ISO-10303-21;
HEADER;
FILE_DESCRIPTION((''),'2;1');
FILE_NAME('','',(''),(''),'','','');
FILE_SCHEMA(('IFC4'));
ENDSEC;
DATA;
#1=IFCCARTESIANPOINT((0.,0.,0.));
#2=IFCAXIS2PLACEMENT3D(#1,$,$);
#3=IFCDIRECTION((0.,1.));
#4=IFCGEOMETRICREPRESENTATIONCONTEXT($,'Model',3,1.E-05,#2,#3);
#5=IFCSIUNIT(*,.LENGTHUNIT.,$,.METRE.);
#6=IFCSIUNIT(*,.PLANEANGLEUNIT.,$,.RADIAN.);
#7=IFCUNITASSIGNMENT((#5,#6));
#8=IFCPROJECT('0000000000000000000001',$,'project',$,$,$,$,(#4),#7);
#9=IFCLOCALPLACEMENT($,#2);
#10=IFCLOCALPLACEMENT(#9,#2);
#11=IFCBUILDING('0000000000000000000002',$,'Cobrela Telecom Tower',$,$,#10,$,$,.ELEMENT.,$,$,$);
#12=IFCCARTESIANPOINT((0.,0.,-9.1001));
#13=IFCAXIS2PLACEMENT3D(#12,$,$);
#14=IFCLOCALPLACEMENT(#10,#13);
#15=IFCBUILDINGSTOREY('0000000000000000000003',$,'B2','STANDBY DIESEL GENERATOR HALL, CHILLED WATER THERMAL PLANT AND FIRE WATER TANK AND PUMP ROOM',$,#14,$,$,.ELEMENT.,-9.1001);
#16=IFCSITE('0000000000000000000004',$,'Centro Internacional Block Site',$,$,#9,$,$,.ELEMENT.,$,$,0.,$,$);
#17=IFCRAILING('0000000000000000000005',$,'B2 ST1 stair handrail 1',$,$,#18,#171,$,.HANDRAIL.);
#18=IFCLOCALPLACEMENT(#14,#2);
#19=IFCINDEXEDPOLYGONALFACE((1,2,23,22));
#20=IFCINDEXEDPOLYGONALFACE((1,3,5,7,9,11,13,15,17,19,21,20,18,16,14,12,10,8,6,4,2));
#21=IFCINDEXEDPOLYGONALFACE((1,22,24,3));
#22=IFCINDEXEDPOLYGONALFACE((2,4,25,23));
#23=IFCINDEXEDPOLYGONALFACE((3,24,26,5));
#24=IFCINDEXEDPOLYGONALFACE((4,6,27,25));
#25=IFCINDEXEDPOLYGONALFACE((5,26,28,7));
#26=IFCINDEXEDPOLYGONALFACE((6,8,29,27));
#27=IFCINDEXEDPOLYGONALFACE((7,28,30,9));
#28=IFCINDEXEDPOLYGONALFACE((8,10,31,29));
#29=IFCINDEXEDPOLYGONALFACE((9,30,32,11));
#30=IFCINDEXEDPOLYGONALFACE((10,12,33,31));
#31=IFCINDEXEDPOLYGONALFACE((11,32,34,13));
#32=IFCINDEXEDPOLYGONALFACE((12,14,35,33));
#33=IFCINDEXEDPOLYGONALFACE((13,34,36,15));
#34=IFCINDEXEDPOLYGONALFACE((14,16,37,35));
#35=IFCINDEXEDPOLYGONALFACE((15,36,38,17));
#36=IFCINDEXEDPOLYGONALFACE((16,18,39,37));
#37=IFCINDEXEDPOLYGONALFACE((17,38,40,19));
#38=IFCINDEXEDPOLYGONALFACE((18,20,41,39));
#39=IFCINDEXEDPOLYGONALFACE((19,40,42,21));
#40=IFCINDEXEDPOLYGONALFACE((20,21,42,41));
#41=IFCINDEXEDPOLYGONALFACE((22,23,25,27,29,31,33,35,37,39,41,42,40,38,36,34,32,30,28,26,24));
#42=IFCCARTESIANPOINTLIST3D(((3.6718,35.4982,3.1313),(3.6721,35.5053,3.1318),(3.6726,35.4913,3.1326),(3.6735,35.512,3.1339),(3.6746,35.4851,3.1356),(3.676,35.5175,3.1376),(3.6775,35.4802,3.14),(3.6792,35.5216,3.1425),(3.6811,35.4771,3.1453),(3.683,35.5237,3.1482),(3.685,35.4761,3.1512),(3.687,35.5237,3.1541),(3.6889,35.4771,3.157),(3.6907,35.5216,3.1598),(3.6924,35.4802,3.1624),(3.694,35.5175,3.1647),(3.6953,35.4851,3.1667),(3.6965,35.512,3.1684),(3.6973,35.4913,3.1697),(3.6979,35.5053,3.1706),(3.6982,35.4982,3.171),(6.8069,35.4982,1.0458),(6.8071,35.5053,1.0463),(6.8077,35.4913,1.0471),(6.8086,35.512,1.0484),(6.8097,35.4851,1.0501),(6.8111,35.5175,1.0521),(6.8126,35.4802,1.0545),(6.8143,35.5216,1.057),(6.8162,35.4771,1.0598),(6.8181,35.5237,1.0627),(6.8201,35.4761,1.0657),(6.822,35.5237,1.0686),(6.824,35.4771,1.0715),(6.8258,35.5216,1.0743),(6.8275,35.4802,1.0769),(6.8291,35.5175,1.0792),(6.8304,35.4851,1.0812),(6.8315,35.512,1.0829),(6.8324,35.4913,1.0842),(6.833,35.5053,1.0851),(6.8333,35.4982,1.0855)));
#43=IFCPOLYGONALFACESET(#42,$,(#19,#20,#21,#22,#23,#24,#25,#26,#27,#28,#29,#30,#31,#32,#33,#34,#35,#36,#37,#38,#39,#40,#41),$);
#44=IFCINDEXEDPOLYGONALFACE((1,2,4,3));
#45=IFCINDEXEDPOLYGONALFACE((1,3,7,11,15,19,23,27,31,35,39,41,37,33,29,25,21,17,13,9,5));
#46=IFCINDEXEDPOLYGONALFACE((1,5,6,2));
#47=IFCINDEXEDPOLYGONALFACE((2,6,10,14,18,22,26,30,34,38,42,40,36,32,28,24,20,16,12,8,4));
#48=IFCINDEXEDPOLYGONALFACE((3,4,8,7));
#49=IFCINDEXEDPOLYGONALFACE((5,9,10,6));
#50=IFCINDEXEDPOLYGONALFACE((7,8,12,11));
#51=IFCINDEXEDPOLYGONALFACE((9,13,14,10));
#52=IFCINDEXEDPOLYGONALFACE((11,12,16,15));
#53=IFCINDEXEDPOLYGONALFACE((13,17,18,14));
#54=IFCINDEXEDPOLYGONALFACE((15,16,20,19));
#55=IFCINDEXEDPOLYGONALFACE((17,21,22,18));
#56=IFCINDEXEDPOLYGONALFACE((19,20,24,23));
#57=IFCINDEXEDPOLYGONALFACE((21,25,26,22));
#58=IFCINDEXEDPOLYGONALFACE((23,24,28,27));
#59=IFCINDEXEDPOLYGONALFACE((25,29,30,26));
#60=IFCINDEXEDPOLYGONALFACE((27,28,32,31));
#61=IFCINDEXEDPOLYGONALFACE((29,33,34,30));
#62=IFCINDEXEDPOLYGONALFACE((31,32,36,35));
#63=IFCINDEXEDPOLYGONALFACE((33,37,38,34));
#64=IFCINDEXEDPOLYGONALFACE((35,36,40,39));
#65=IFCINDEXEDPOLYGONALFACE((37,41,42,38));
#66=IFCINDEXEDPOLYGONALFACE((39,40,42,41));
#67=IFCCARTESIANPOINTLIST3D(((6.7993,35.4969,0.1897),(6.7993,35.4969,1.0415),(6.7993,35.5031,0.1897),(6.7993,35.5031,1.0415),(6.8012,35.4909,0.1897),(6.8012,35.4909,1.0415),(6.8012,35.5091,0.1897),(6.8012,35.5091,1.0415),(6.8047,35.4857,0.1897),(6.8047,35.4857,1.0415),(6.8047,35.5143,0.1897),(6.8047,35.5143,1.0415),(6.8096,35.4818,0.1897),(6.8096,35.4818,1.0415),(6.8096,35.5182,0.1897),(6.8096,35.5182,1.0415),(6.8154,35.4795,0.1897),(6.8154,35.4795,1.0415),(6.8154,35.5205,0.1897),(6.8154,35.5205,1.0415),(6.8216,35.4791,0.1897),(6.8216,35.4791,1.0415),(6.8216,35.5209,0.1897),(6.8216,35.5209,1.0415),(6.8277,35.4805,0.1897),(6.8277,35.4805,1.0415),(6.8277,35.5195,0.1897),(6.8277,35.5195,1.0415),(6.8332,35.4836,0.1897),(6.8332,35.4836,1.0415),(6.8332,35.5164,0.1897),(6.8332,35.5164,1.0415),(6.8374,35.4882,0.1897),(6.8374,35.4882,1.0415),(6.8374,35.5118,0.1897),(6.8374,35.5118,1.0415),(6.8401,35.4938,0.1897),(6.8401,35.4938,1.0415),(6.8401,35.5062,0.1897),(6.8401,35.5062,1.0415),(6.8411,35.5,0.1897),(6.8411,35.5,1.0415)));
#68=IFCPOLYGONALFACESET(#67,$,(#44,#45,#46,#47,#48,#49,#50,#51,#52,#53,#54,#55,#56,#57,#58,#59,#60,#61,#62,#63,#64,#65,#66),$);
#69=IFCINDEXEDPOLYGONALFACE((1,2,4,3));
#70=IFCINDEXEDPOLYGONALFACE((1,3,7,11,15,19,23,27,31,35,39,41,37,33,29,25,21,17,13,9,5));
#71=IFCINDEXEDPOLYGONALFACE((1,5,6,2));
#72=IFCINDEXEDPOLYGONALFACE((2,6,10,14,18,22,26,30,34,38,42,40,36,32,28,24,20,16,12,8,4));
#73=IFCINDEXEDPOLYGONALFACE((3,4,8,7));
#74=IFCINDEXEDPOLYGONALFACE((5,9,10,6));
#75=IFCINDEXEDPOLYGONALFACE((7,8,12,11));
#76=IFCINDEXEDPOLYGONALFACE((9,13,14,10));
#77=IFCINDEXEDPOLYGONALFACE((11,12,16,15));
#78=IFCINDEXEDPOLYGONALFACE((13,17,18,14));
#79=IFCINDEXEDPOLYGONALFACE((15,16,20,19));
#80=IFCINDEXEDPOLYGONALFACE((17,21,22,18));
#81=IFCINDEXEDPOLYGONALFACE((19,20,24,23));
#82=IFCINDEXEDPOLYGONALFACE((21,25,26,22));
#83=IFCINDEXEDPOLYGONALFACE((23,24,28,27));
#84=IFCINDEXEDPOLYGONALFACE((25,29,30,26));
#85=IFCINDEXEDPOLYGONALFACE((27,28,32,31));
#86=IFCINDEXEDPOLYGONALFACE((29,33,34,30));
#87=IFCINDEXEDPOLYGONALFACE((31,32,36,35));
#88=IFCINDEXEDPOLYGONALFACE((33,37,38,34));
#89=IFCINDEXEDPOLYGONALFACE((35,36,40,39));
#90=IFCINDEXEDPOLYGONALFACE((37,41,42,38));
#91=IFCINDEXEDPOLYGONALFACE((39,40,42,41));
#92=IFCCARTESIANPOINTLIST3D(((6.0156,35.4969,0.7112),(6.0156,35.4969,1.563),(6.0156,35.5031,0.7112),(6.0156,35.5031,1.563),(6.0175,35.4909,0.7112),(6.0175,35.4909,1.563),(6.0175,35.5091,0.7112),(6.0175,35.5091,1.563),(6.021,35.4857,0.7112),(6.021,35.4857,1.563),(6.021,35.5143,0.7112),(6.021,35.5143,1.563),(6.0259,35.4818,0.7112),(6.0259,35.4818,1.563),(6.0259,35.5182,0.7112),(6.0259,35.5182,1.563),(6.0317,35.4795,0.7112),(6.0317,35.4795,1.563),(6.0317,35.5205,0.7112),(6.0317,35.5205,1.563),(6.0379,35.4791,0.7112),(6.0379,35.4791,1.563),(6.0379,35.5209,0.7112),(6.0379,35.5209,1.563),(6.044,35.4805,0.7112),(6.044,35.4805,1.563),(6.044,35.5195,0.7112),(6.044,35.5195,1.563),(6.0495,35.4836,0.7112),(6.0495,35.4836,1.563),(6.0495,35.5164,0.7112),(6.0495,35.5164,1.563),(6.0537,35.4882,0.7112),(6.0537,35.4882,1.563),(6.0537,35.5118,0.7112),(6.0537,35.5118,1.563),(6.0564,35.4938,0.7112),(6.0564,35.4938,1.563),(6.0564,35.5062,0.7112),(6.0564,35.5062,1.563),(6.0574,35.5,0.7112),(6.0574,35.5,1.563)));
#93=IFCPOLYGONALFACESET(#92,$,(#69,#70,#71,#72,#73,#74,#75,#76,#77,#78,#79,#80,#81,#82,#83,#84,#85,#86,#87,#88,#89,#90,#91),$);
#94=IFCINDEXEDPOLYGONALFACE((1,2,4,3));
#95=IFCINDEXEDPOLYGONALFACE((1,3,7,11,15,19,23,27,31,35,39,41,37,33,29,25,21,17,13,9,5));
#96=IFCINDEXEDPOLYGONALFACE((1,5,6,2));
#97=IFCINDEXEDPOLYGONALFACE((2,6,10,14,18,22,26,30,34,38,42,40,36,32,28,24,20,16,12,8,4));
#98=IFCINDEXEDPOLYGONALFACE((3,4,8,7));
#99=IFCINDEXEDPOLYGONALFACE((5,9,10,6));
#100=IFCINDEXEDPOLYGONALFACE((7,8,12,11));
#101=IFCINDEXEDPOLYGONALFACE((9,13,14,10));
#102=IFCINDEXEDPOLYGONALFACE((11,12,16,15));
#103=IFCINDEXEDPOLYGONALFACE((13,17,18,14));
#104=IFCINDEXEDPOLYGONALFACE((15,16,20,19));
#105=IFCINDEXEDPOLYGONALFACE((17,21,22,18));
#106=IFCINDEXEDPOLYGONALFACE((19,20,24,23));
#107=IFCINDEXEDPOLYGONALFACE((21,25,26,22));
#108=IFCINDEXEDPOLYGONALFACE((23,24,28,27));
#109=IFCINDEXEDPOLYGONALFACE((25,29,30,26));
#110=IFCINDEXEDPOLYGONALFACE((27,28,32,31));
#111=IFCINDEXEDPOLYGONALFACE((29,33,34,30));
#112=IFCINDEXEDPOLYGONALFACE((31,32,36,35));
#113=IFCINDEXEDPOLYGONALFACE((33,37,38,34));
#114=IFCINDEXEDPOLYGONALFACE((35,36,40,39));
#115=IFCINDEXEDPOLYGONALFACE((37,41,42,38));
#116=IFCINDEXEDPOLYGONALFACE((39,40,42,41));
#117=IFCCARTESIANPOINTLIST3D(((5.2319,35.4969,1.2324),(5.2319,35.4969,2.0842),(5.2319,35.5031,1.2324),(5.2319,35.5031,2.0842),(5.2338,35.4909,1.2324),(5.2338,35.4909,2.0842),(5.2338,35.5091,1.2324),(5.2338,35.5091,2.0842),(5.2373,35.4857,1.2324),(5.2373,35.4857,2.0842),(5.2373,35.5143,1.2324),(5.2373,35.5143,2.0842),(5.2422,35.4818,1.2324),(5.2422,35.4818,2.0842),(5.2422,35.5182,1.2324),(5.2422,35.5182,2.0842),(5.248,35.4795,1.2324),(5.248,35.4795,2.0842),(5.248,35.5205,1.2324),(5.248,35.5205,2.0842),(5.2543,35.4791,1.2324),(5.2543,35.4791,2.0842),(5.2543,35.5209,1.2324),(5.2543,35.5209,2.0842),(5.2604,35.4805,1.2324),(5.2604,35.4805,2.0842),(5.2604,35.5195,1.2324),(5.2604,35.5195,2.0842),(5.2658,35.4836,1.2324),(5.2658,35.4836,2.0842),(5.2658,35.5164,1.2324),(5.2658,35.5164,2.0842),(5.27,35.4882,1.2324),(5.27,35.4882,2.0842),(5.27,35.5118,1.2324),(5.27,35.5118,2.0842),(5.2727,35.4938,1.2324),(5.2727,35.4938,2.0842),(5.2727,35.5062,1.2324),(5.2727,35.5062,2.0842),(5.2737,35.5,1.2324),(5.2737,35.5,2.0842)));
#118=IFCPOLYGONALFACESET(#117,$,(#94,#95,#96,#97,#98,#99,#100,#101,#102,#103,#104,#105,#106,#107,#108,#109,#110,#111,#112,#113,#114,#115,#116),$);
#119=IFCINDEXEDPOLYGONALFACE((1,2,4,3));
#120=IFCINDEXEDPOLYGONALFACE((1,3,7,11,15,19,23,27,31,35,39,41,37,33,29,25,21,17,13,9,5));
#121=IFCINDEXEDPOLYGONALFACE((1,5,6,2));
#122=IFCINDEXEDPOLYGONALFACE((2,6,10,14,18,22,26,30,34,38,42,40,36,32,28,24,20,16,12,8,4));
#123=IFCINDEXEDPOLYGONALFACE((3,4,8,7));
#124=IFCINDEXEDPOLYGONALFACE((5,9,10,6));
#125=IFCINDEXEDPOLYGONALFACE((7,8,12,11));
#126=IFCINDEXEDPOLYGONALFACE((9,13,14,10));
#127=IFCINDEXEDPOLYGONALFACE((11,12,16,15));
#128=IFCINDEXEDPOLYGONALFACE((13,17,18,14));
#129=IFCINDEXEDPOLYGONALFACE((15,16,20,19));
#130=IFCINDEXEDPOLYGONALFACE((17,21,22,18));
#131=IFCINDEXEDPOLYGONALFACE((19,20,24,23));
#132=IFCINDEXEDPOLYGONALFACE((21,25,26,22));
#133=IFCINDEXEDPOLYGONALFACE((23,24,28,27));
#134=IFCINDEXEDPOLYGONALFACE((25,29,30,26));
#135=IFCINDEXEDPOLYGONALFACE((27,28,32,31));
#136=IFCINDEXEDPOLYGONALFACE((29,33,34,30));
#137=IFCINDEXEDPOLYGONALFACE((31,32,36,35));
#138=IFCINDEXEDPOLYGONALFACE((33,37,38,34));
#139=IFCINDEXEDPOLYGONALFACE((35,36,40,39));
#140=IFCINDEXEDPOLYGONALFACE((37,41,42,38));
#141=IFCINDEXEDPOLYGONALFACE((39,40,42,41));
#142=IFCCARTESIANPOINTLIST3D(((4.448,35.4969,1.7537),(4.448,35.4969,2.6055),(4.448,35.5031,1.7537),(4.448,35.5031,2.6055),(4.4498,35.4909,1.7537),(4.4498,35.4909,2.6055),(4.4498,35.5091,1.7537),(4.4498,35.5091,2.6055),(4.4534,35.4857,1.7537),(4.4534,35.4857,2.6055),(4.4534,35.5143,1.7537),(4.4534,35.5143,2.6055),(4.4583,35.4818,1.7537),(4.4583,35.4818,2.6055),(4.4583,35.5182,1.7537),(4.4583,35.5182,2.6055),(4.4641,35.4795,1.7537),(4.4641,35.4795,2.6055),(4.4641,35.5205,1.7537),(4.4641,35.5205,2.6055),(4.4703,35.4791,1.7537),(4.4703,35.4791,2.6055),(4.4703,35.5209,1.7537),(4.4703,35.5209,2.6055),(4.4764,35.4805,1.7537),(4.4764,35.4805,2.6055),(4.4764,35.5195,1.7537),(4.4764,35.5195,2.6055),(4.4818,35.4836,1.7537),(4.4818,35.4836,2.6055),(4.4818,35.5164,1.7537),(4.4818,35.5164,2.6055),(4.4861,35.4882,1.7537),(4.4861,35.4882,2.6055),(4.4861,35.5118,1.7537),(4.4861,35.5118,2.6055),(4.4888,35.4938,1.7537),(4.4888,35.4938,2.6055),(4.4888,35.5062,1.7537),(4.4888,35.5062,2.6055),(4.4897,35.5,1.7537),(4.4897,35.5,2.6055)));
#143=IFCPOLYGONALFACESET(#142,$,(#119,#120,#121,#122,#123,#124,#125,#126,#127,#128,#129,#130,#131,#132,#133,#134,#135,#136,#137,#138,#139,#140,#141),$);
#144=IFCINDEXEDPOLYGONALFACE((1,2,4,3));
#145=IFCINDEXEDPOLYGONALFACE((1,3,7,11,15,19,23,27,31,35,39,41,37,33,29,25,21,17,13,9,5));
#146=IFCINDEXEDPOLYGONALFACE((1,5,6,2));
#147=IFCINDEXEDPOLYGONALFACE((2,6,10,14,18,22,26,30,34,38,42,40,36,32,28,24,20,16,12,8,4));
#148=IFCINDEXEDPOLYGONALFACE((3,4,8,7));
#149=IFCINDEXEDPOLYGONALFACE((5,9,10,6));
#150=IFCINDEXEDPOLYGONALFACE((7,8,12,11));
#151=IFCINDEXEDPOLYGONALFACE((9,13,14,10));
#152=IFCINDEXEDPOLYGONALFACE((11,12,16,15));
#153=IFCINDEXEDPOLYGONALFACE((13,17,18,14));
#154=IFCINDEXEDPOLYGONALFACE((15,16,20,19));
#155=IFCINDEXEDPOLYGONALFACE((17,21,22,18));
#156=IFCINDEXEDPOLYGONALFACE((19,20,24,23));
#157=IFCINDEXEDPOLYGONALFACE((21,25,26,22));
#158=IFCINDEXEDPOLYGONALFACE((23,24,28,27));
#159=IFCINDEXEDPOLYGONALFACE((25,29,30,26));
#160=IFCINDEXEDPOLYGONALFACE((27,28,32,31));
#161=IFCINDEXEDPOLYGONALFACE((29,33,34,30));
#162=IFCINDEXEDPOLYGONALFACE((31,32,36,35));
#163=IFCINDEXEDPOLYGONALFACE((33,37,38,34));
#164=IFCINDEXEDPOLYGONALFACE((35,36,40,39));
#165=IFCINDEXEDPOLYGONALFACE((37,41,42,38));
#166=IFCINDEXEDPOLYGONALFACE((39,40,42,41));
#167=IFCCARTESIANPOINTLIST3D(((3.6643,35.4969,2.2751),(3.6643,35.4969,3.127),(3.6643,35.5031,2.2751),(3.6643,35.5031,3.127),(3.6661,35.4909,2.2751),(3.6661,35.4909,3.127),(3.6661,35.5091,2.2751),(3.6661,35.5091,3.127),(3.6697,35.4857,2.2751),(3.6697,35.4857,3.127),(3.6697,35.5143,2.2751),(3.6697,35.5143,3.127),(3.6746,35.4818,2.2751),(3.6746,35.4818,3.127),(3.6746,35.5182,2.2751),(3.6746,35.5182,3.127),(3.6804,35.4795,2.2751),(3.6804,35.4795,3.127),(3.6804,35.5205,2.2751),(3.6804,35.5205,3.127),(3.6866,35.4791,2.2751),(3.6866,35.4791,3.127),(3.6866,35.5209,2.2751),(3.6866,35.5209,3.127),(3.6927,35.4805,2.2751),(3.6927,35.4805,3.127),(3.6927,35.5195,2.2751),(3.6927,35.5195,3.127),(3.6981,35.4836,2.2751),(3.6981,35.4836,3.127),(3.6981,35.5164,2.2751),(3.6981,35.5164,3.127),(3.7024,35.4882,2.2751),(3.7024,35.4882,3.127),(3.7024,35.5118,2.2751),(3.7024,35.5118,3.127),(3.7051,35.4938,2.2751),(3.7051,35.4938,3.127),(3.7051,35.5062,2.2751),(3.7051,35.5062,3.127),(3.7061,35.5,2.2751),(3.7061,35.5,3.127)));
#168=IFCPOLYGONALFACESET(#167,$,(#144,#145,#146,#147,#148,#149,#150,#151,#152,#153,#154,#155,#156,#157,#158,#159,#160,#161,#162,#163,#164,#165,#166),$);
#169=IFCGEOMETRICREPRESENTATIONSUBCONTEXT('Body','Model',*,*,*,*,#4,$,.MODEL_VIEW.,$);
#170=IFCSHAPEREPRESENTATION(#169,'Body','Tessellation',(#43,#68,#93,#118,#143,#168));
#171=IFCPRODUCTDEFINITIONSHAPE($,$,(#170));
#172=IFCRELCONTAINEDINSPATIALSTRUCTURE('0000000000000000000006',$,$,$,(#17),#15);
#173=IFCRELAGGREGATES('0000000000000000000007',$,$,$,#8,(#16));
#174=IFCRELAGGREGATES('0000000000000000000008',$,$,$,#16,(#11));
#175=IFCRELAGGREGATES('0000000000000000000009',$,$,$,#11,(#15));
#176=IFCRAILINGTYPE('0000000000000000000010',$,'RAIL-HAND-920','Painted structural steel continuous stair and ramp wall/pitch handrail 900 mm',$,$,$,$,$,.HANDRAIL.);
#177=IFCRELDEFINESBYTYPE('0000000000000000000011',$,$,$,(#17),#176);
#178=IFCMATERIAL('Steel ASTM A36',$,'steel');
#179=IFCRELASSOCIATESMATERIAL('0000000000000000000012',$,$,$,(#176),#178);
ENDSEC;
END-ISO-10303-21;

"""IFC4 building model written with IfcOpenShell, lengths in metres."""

from ifc_helpers import new_model, si_unit, direction, frame, origin, origin_2d, place, context, subcontext, project, spatial, circle, extrude, material, type_object, element, save


model = new_model("IFC4")

# Units and contexts
model_context = context("Model", 3, precision=1e-05, world=origin(), true_north=direction((0.0, 1.0)))
body_context = subcontext(model_context, "Body", "Model", "MODEL_VIEW")
ifc_project = project(units=[si_unit("LENGTHUNIT", "METRE"), si_unit("PLANEANGLEUNIT", "RADIAN")], contexts=[model_context])

# Site, building, storey
site_placement = place(None, origin())
site = spatial("IfcSite", under=ifc_project, at=site_placement, Name="Centro Internacional Block Site", CompositionType="ELEMENT", RefElevation=0.0)
building_placement = place(site_placement, origin())
building = spatial("IfcBuilding", under=site, at=building_placement, Name="Cobrela Telecom Tower", CompositionType="ELEMENT")
storey_placement = place(building_placement, frame((0.0, 0.0, -9.1001)))
storey = spatial("IfcBuildingStorey", under=building, at=storey_placement, Name="B2", Description="STANDBY DIESEL GENERATOR HALL, CHILLED WATER THERMAL PLANT AND FIRE WATER TANK AND PUMP ROOM", CompositionType="ELEMENT", Elevation=-9.1001)

# Railing
ifc_material_1 = material(Name="Steel ASTM A36", Category="steel")
railing_type_1 = type_object("IfcRailingType", Name="RAIL-HAND-920", Description="Painted structural steel continuous stair and ramp wall/pitch handrail 900 mm", PredefinedType="HANDRAIL", material=ifc_material_1)
railing_1_placement = place(storey_placement, frame((6.8201, 35.5, 0.1897)))
element("IfcRailing", 1, at=railing_1_placement, inside=storey, type_object=railing_type_1, Name="B2 ST1 stair handrail 1", PredefinedType="HANDRAIL", context=body_context, shape_type="SweptSolid", body=[
    extrude(circle(Radius=0.0239, at=origin_2d()), frame((0.0, 0.0, 0.876), z_axis=(-0.832608, 0.0, 0.553862), x_axis=(0.0, -1.0, 0.0)), (0.0, 0.0, 1.0), 3.7654),
    extrude(circle(Radius=0.021, at=origin_2d()), origin(), (0.0, 0.0, 1.0), 0.8518),
    extrude(circle(Radius=0.021, at=origin_2d()), frame((-0.7837, 0.0, 0.5215)), (0.0, 0.0, 1.0), 0.8518),
    extrude(circle(Radius=0.021, at=origin_2d()), frame((-1.5674, 0.0, 1.0427)), (0.0, 0.0, 1.0), 0.8518),
    extrude(circle(Radius=0.021, at=origin_2d()), frame((-2.3513, 0.0, 1.564)), (0.0, 0.0, 1.0), 0.8518),
    extrude(circle(Radius=0.021, at=origin_2d()), frame((-3.135, 0.0, 2.0854)), (0.0, 0.0, 1.0), 0.8518),
])

save(model, "model.ifc")
